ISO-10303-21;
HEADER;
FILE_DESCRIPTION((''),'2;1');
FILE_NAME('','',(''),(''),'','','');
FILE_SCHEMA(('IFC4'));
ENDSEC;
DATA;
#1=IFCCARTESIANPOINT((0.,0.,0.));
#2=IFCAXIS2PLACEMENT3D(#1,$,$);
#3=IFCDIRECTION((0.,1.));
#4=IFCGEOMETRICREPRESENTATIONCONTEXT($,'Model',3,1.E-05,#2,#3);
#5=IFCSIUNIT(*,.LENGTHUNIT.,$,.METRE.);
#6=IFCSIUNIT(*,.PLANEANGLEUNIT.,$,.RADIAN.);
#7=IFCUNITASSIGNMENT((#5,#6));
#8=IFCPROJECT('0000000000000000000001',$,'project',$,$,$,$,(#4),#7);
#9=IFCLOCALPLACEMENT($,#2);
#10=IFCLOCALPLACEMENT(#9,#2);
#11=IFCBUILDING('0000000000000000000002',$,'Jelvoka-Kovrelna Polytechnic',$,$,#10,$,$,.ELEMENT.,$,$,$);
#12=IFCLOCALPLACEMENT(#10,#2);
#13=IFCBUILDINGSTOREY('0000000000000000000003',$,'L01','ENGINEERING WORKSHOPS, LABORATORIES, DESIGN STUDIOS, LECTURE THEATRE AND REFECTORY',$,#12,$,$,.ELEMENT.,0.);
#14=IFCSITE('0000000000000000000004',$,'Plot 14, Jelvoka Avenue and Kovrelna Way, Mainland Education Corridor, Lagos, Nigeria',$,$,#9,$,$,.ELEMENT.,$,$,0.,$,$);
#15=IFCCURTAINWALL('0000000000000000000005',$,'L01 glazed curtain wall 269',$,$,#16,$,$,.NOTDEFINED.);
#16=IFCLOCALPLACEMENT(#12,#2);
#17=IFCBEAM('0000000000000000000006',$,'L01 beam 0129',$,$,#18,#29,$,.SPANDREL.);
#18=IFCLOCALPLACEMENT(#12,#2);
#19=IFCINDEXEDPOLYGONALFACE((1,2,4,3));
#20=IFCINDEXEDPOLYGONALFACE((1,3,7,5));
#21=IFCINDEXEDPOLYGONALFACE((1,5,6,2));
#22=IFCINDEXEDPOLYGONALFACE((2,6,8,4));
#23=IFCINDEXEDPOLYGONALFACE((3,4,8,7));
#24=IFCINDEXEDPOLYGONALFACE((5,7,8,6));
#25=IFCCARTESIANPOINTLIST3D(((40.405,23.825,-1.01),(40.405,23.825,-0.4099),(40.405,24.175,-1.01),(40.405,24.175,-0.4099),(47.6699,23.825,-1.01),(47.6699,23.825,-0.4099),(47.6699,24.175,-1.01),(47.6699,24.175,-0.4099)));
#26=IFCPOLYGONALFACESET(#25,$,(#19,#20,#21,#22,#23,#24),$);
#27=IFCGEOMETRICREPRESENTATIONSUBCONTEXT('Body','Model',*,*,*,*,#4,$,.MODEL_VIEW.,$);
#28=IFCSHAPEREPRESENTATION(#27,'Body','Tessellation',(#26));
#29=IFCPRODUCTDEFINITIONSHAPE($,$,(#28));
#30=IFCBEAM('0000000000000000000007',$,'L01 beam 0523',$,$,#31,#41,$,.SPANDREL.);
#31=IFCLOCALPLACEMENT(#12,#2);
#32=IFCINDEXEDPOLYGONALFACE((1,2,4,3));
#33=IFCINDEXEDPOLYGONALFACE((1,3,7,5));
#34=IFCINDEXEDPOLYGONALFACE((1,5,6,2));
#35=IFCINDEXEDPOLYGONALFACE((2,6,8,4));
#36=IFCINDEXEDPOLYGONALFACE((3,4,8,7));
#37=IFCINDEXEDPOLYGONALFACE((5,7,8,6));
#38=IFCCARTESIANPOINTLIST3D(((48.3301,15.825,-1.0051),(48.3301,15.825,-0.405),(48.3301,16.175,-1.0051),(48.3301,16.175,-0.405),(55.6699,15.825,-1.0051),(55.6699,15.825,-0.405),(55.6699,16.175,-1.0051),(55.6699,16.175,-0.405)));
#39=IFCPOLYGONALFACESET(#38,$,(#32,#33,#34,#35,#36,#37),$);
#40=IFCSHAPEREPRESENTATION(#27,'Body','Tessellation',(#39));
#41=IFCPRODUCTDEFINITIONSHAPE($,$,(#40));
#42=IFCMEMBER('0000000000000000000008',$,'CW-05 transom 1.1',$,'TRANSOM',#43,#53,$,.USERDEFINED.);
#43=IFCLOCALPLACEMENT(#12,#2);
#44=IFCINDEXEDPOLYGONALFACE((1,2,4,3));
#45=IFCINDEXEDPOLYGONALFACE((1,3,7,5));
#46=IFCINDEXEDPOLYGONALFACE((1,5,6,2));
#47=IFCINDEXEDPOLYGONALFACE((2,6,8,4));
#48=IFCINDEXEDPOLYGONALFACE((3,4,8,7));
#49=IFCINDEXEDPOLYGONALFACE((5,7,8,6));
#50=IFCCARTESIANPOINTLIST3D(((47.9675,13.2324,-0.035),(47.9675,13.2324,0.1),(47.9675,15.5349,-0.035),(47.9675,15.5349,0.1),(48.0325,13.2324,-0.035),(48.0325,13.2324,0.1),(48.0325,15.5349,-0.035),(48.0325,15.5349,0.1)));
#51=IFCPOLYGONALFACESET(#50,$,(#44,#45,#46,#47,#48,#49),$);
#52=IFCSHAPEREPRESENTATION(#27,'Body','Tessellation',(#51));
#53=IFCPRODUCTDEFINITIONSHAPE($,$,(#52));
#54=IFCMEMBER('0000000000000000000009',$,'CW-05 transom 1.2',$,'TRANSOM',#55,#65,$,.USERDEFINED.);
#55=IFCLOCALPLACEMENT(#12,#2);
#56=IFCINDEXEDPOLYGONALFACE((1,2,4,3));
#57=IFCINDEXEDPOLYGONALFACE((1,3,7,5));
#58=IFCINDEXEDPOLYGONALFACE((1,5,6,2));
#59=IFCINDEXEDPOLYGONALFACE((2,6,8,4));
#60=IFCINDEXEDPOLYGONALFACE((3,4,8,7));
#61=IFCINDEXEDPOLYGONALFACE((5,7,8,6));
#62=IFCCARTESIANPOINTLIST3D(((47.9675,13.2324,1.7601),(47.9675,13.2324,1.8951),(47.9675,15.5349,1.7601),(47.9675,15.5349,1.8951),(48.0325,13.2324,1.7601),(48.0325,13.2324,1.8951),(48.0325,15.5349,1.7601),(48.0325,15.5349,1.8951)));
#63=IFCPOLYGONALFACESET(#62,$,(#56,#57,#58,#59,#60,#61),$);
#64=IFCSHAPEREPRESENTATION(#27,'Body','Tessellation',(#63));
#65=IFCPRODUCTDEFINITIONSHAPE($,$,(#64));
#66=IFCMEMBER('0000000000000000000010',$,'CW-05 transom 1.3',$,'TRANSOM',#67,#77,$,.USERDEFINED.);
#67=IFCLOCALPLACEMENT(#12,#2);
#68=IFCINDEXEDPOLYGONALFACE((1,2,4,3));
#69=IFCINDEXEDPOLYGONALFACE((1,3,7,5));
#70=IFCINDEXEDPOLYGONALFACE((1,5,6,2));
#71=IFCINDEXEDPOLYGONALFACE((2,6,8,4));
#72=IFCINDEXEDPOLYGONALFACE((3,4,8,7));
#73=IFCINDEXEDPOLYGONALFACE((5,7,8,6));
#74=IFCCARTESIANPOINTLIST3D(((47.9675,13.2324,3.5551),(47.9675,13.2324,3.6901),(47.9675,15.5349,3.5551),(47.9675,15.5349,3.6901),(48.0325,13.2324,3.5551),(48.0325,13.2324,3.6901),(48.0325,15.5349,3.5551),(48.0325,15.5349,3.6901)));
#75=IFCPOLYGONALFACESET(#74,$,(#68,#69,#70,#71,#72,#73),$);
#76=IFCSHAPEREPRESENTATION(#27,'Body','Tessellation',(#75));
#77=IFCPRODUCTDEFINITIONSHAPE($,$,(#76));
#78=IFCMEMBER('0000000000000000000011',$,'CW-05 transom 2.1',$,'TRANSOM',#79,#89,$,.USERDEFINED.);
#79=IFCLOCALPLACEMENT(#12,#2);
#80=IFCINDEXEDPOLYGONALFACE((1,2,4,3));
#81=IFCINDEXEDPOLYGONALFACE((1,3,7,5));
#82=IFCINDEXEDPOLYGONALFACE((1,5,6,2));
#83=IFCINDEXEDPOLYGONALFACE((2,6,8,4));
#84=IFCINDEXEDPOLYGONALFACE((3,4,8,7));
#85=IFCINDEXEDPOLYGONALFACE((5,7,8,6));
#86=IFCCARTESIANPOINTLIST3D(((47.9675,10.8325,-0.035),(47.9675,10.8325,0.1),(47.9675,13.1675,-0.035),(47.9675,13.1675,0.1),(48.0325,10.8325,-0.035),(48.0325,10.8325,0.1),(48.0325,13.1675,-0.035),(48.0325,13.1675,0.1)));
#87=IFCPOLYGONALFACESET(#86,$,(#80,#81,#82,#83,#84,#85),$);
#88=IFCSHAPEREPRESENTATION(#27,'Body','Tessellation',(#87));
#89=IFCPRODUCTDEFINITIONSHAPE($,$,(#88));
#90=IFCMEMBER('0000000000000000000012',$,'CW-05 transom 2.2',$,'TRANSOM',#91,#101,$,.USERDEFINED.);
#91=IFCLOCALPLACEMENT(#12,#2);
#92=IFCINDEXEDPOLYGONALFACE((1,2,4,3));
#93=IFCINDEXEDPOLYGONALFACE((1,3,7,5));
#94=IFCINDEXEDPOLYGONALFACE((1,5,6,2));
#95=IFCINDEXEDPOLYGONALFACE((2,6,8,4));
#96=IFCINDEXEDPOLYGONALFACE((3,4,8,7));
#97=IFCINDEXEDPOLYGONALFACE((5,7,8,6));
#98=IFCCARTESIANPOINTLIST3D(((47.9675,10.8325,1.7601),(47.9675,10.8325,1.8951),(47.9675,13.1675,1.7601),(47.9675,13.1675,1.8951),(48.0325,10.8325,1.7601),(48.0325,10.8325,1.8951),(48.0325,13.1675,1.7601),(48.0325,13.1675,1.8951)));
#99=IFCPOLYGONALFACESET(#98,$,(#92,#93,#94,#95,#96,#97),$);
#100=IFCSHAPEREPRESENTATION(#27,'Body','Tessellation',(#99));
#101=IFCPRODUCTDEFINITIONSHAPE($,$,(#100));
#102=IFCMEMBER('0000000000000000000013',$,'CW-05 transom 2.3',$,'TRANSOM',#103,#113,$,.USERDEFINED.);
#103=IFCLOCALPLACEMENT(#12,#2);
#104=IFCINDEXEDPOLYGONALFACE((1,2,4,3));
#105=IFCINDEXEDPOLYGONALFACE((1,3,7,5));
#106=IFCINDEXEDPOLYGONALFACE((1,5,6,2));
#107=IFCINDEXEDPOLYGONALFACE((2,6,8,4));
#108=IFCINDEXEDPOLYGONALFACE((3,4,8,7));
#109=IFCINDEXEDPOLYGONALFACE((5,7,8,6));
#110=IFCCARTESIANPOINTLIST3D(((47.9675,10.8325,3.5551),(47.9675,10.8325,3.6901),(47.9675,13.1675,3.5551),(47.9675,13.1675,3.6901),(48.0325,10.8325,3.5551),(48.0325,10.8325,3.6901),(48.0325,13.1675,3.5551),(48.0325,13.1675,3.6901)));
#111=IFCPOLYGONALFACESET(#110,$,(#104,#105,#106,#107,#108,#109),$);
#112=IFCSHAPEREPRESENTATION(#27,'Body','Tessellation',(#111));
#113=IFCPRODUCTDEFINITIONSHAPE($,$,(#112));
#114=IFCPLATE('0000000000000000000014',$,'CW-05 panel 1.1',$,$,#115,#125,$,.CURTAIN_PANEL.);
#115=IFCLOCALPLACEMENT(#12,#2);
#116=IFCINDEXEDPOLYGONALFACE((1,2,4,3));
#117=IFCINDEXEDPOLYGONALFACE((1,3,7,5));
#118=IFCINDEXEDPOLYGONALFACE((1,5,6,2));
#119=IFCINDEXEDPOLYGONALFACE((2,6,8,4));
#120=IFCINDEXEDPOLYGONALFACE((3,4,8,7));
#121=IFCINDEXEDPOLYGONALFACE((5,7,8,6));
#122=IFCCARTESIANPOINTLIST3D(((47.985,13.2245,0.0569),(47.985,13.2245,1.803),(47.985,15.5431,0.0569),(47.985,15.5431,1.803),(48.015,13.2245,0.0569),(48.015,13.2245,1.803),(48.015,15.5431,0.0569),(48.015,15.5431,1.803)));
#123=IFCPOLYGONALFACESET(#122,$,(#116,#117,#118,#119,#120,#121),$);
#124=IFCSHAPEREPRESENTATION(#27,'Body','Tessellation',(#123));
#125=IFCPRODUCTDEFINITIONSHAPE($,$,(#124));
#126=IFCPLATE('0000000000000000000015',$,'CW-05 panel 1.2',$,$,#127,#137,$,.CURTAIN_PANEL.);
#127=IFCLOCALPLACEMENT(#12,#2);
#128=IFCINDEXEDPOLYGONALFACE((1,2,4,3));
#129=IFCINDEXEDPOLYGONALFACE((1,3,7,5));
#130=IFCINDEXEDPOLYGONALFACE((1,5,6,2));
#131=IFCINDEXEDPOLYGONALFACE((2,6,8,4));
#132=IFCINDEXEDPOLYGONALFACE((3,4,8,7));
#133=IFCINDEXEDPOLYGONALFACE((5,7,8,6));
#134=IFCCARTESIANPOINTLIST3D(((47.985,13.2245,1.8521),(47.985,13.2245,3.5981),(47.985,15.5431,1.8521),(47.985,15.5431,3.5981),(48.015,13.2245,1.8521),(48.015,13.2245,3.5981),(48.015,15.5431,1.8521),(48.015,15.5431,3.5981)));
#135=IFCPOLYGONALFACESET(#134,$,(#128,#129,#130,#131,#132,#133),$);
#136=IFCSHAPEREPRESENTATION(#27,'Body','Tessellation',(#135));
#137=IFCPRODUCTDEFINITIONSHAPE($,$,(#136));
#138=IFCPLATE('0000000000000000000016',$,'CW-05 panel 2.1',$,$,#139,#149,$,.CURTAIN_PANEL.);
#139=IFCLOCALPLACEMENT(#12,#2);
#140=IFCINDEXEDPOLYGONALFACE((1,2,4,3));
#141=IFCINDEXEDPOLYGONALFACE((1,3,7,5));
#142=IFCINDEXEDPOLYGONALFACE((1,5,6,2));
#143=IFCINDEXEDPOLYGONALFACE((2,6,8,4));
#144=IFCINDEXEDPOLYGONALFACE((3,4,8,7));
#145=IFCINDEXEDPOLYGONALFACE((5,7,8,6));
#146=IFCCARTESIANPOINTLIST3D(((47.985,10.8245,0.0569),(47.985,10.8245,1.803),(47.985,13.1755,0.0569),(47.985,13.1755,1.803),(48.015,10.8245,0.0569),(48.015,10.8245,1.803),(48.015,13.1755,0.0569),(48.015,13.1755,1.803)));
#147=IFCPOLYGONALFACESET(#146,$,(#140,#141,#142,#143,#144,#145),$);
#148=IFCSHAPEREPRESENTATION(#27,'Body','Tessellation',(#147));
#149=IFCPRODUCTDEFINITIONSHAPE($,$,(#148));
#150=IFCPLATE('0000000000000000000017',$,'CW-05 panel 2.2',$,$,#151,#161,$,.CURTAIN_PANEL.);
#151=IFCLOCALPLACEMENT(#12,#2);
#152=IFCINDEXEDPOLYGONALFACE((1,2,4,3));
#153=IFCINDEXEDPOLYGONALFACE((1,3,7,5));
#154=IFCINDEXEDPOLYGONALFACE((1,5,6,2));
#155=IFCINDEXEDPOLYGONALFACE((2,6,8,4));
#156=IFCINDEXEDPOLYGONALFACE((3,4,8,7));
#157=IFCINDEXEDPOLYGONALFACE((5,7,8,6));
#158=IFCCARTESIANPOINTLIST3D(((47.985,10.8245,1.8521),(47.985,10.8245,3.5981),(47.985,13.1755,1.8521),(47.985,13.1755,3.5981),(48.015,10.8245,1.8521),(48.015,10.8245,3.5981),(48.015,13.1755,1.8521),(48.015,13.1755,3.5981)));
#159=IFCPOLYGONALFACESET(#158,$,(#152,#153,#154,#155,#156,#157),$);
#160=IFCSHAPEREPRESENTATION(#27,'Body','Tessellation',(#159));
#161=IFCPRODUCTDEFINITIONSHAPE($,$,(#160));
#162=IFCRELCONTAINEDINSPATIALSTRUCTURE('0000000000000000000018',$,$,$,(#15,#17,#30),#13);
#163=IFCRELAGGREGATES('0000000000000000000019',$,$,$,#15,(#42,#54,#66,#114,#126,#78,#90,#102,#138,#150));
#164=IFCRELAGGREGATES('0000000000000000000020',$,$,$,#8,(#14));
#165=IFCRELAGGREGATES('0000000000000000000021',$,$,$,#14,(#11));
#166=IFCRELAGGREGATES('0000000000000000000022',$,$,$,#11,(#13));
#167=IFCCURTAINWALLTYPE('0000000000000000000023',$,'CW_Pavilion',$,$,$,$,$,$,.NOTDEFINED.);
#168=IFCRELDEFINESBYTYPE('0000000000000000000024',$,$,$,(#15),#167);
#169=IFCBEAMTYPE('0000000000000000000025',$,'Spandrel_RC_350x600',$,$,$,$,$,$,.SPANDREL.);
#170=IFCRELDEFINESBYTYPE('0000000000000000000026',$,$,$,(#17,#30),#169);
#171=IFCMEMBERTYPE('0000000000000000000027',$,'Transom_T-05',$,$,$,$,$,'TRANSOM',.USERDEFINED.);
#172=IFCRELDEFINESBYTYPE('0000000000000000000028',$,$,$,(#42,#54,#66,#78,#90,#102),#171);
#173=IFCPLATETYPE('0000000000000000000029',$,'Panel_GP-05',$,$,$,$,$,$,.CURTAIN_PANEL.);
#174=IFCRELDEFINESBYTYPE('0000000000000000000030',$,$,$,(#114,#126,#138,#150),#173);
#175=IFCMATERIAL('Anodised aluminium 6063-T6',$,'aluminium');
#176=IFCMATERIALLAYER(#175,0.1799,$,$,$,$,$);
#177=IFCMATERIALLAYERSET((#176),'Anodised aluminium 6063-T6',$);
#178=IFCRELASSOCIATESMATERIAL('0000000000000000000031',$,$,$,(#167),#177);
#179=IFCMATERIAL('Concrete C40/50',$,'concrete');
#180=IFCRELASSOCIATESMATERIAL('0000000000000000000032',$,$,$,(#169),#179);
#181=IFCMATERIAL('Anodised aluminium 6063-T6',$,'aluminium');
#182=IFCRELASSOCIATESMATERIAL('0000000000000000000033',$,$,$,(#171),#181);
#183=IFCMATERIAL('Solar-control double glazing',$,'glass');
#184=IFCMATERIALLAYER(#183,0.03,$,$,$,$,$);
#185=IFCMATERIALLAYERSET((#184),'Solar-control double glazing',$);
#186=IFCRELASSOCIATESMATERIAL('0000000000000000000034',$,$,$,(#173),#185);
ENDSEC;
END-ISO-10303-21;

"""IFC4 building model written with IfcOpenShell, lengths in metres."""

from ifc_helpers import new_model, si_unit, direction, frame, origin, origin_2d, place, context, subcontext, project, spatial, rectangle, extrude, material, layer, layer_set, material_profile, profile_set, type_object, element, aggregate, save


model = new_model("IFC4")

# Units and contexts
model_context = context("Model", 3, precision=1e-05, world=origin(), true_north=direction((0.0, 1.0)))
body_context = subcontext(model_context, "Body", "Model", "MODEL_VIEW")
ifc_project = project(units=[si_unit("LENGTHUNIT", "METRE"), si_unit("PLANEANGLEUNIT", "RADIAN")], contexts=[model_context])

# Site, building, storey
site_placement = place(None, origin())
site = spatial("IfcSite", under=ifc_project, at=site_placement, Name="Plot 14, Jelvoka Avenue and Kovrelna Way, Mainland Education Corridor, Lagos, Nigeria", CompositionType="ELEMENT", RefElevation=0.0)
building_placement = place(site_placement, origin())
building = spatial("IfcBuilding", under=site, at=building_placement, Name="Jelvoka-Kovrelna Polytechnic", CompositionType="ELEMENT")
storey_placement = place(building_placement, origin())
storey = spatial("IfcBuildingStorey", under=building, at=storey_placement, Name="L01", Description="ENGINEERING WORKSHOPS, LABORATORIES, DESIGN STUDIOS, LECTURE THEATRE AND REFECTORY", CompositionType="ELEMENT", Elevation=0.0)

# Curtain wall
ifc_material_1 = material(Name="Anodised aluminium 6063-T6", Category="aluminium")
ifc_layer_1 = layer(ifc_material_1, 0.1799)
ifc_layer_set_1 = layer_set([ifc_layer_1], Name="Anodised aluminium 6063-T6")
curtain_wall_type = type_object("IfcCurtainWallType", Name="CW_Pavilion", PredefinedType="NOTDEFINED", material=ifc_layer_set_1)
curtain_wall_placement = place(storey_placement, origin())
curtain_wall = element("IfcCurtainWall", 1, at=curtain_wall_placement, inside=storey, type_object=curtain_wall_type, Name="L01 glazed curtain wall 269", PredefinedType="NOTDEFINED")

# Beams
ifc_material_2 = material(Name="Concrete C40/50", Category="concrete")
ifc_material_profile_1 = material_profile(ifc_material_2, rectangle(XDim=0.3501, YDim=0.6001, at=origin_2d()), Name="RC 350x600")
ifc_profile_set_1 = profile_set([ifc_material_profile_1], Name="Concrete C40/50")
beam_type_1 = type_object("IfcBeamType", Name="Spandrel_RC_350x600", PredefinedType="SPANDREL", material=ifc_profile_set_1)
beam_1_placement = place(storey_placement, frame((40.405, 24.0, -0.71), z_axis=(1.0, 0.0, 0.0), x_axis=(0.0, 1.0, 0.0)))
element("IfcBeam", 2, at=beam_1_placement, inside=storey, type_object=beam_type_1, Name="L01 beam 0129", PredefinedType="SPANDREL", context=body_context, shape_type="SweptSolid", body=[
    extrude(rectangle(XDim=0.3501, YDim=0.6001, at=origin_2d()), origin(), (0.0, 0.0, 1.0), 7.2649),
])
beam_2_placement = place(storey_placement, frame((48.3301, 16.0, -0.7051), z_axis=(1.0, 0.0, 0.0), x_axis=(0.0, 1.0, 0.0)))
element("IfcBeam", 3, at=beam_2_placement, inside=storey, type_object=beam_type_1, Name="L01 beam 0523", PredefinedType="SPANDREL", context=body_context, shape_type="SweptSolid", body=[
    extrude(rectangle(XDim=0.3501, YDim=0.6001, at=origin_2d()), origin(), (0.0, 0.0, 1.0), 7.3398),
])

# Members
ifc_material_3 = material(Name="Anodised aluminium 6063-T6", Category="aluminium")
ifc_material_profile_2 = material_profile(ifc_material_3, rectangle(XDim=0.0649, YDim=0.135, at=origin_2d()), Name="ALU 65x135")
ifc_profile_set_2 = profile_set([ifc_material_profile_2], Name="Anodised aluminium 6063-T6")
member_type_1 = type_object("IfcMemberType", Name="Transom_T-05", ElementType="TRANSOM", PredefinedType="USERDEFINED", material=ifc_profile_set_2)
member_1_placement = place(storey_placement, frame((48.0, 15.5349, 0.0325), z_axis=(0.0, -1.0, 0.0), x_axis=(1.0, 0.0, 0.0)))
member_1 = element("IfcMember", 4, at=member_1_placement, type_object=member_type_1, Name="CW-05 transom 1.1", ObjectType="TRANSOM", PredefinedType="USERDEFINED", context=body_context, shape_type="SweptSolid", body=[
    extrude(rectangle(XDim=0.0649, YDim=0.135, at=origin_2d()), origin(), (0.0, 0.0, 1.0), 2.3025),
])
member_2_placement = place(storey_placement, frame((48.0, 15.5349, 1.8276), z_axis=(0.0, -1.0, 0.0), x_axis=(1.0, 0.0, 0.0)))
member_2 = element("IfcMember", 5, at=member_2_placement, type_object=member_type_1, Name="CW-05 transom 1.2", ObjectType="TRANSOM", PredefinedType="USERDEFINED", context=body_context, shape_type="SweptSolid", body=[
    extrude(rectangle(XDim=0.0649, YDim=0.135, at=origin_2d()), origin(), (0.0, 0.0, 1.0), 2.3025),
])
member_3_placement = place(storey_placement, frame((48.0, 15.5349, 3.6226), z_axis=(0.0, -1.0, 0.0), x_axis=(1.0, 0.0, 0.0)))
member_3 = element("IfcMember", 6, at=member_3_placement, type_object=member_type_1, Name="CW-05 transom 1.3", ObjectType="TRANSOM", PredefinedType="USERDEFINED", context=body_context, shape_type="SweptSolid", body=[
    extrude(rectangle(XDim=0.0649, YDim=0.135, at=origin_2d()), origin(), (0.0, 0.0, 1.0), 2.3025),
])
member_4_placement = place(storey_placement, frame((48.0, 13.1675, 0.0325), z_axis=(0.0, -1.0, 0.0), x_axis=(1.0, 0.0, 0.0)))
member_4 = element("IfcMember", 7, at=member_4_placement, type_object=member_type_1, Name="CW-05 transom 2.1", ObjectType="TRANSOM", PredefinedType="USERDEFINED", context=body_context, shape_type="SweptSolid", body=[
    extrude(rectangle(XDim=0.0649, YDim=0.135, at=origin_2d()), origin(), (0.0, 0.0, 1.0), 2.335),
])
member_5_placement = place(storey_placement, frame((48.0, 13.1675, 1.8276), z_axis=(0.0, -1.0, 0.0), x_axis=(1.0, 0.0, 0.0)))
member_5 = element("IfcMember", 8, at=member_5_placement, type_object=member_type_1, Name="CW-05 transom 2.2", ObjectType="TRANSOM", PredefinedType="USERDEFINED", context=body_context, shape_type="SweptSolid", body=[
    extrude(rectangle(XDim=0.0649, YDim=0.135, at=origin_2d()), origin(), (0.0, 0.0, 1.0), 2.335),
])
member_6_placement = place(storey_placement, frame((48.0, 13.1675, 3.6226), z_axis=(0.0, -1.0, 0.0), x_axis=(1.0, 0.0, 0.0)))
member_6 = element("IfcMember", 9, at=member_6_placement, type_object=member_type_1, Name="CW-05 transom 2.3", ObjectType="TRANSOM", PredefinedType="USERDEFINED", context=body_context, shape_type="SweptSolid", body=[
    extrude(rectangle(XDim=0.0649, YDim=0.135, at=origin_2d()), origin(), (0.0, 0.0, 1.0), 2.335),
])

# Plates
ifc_material_4 = material(Name="Solar-control double glazing", Category="glass")
ifc_layer_2 = layer(ifc_material_4, 0.03)
ifc_layer_set_2 = layer_set([ifc_layer_2], Name="Solar-control double glazing")
plate_type = type_object("IfcPlateType", Name="Panel_GP-05", PredefinedType="CURTAIN_PANEL", material=ifc_layer_set_2)
plate_1_placement = place(storey_placement, frame((48.0, 14.3838, 0.0569), z_axis=(0.0, 0.0, 1.0), x_axis=(0.0, -1.0, 0.0)))
plate_1 = element("IfcPlate", 10, at=plate_1_placement, type_object=plate_type, Name="CW-05 panel 1.1", PredefinedType="CURTAIN_PANEL", context=body_context, shape_type="SweptSolid", body=[
    extrude(rectangle(XDim=2.3186, YDim=0.03, at=origin_2d()), origin(), (0.0, 0.0, 1.0), 1.7461),
])
plate_2_placement = place(storey_placement, frame((48.0, 14.3838, 1.8521), z_axis=(0.0, 0.0, 1.0), x_axis=(0.0, -1.0, 0.0)))
plate_2 = element("IfcPlate", 11, at=plate_2_placement, type_object=plate_type, Name="CW-05 panel 1.2", PredefinedType="CURTAIN_PANEL", context=body_context, shape_type="SweptSolid", body=[
    extrude(rectangle(XDim=2.3186, YDim=0.03, at=origin_2d()), origin(), (0.0, 0.0, 1.0), 1.7461),
])
plate_3_placement = place(storey_placement, frame((48.0, 12.0, 0.0569), z_axis=(0.0, 0.0, 1.0), x_axis=(0.0, -1.0, 0.0)))
plate_3 = element("IfcPlate", 12, at=plate_3_placement, type_object=plate_type, Name="CW-05 panel 2.1", PredefinedType="CURTAIN_PANEL", context=body_context, shape_type="SweptSolid", body=[
    extrude(rectangle(XDim=2.3511, YDim=0.03, at=origin_2d()), origin(), (0.0, 0.0, 1.0), 1.7461),
])
plate_4_placement = place(storey_placement, frame((48.0, 12.0, 1.8521), z_axis=(0.0, 0.0, 1.0), x_axis=(0.0, -1.0, 0.0)))
plate_4 = element("IfcPlate", 13, at=plate_4_placement, type_object=plate_type, Name="CW-05 panel 2.2", PredefinedType="CURTAIN_PANEL", context=body_context, shape_type="SweptSolid", body=[
    extrude(rectangle(XDim=2.3511, YDim=0.03, at=origin_2d()), origin(), (0.0, 0.0, 1.0), 1.7461),
])
aggregate(curtain_wall, [member_1, member_2, member_3, plate_1, plate_2, member_4, member_5, member_6, plate_3, plate_4])

save(model, "model.ifc")
